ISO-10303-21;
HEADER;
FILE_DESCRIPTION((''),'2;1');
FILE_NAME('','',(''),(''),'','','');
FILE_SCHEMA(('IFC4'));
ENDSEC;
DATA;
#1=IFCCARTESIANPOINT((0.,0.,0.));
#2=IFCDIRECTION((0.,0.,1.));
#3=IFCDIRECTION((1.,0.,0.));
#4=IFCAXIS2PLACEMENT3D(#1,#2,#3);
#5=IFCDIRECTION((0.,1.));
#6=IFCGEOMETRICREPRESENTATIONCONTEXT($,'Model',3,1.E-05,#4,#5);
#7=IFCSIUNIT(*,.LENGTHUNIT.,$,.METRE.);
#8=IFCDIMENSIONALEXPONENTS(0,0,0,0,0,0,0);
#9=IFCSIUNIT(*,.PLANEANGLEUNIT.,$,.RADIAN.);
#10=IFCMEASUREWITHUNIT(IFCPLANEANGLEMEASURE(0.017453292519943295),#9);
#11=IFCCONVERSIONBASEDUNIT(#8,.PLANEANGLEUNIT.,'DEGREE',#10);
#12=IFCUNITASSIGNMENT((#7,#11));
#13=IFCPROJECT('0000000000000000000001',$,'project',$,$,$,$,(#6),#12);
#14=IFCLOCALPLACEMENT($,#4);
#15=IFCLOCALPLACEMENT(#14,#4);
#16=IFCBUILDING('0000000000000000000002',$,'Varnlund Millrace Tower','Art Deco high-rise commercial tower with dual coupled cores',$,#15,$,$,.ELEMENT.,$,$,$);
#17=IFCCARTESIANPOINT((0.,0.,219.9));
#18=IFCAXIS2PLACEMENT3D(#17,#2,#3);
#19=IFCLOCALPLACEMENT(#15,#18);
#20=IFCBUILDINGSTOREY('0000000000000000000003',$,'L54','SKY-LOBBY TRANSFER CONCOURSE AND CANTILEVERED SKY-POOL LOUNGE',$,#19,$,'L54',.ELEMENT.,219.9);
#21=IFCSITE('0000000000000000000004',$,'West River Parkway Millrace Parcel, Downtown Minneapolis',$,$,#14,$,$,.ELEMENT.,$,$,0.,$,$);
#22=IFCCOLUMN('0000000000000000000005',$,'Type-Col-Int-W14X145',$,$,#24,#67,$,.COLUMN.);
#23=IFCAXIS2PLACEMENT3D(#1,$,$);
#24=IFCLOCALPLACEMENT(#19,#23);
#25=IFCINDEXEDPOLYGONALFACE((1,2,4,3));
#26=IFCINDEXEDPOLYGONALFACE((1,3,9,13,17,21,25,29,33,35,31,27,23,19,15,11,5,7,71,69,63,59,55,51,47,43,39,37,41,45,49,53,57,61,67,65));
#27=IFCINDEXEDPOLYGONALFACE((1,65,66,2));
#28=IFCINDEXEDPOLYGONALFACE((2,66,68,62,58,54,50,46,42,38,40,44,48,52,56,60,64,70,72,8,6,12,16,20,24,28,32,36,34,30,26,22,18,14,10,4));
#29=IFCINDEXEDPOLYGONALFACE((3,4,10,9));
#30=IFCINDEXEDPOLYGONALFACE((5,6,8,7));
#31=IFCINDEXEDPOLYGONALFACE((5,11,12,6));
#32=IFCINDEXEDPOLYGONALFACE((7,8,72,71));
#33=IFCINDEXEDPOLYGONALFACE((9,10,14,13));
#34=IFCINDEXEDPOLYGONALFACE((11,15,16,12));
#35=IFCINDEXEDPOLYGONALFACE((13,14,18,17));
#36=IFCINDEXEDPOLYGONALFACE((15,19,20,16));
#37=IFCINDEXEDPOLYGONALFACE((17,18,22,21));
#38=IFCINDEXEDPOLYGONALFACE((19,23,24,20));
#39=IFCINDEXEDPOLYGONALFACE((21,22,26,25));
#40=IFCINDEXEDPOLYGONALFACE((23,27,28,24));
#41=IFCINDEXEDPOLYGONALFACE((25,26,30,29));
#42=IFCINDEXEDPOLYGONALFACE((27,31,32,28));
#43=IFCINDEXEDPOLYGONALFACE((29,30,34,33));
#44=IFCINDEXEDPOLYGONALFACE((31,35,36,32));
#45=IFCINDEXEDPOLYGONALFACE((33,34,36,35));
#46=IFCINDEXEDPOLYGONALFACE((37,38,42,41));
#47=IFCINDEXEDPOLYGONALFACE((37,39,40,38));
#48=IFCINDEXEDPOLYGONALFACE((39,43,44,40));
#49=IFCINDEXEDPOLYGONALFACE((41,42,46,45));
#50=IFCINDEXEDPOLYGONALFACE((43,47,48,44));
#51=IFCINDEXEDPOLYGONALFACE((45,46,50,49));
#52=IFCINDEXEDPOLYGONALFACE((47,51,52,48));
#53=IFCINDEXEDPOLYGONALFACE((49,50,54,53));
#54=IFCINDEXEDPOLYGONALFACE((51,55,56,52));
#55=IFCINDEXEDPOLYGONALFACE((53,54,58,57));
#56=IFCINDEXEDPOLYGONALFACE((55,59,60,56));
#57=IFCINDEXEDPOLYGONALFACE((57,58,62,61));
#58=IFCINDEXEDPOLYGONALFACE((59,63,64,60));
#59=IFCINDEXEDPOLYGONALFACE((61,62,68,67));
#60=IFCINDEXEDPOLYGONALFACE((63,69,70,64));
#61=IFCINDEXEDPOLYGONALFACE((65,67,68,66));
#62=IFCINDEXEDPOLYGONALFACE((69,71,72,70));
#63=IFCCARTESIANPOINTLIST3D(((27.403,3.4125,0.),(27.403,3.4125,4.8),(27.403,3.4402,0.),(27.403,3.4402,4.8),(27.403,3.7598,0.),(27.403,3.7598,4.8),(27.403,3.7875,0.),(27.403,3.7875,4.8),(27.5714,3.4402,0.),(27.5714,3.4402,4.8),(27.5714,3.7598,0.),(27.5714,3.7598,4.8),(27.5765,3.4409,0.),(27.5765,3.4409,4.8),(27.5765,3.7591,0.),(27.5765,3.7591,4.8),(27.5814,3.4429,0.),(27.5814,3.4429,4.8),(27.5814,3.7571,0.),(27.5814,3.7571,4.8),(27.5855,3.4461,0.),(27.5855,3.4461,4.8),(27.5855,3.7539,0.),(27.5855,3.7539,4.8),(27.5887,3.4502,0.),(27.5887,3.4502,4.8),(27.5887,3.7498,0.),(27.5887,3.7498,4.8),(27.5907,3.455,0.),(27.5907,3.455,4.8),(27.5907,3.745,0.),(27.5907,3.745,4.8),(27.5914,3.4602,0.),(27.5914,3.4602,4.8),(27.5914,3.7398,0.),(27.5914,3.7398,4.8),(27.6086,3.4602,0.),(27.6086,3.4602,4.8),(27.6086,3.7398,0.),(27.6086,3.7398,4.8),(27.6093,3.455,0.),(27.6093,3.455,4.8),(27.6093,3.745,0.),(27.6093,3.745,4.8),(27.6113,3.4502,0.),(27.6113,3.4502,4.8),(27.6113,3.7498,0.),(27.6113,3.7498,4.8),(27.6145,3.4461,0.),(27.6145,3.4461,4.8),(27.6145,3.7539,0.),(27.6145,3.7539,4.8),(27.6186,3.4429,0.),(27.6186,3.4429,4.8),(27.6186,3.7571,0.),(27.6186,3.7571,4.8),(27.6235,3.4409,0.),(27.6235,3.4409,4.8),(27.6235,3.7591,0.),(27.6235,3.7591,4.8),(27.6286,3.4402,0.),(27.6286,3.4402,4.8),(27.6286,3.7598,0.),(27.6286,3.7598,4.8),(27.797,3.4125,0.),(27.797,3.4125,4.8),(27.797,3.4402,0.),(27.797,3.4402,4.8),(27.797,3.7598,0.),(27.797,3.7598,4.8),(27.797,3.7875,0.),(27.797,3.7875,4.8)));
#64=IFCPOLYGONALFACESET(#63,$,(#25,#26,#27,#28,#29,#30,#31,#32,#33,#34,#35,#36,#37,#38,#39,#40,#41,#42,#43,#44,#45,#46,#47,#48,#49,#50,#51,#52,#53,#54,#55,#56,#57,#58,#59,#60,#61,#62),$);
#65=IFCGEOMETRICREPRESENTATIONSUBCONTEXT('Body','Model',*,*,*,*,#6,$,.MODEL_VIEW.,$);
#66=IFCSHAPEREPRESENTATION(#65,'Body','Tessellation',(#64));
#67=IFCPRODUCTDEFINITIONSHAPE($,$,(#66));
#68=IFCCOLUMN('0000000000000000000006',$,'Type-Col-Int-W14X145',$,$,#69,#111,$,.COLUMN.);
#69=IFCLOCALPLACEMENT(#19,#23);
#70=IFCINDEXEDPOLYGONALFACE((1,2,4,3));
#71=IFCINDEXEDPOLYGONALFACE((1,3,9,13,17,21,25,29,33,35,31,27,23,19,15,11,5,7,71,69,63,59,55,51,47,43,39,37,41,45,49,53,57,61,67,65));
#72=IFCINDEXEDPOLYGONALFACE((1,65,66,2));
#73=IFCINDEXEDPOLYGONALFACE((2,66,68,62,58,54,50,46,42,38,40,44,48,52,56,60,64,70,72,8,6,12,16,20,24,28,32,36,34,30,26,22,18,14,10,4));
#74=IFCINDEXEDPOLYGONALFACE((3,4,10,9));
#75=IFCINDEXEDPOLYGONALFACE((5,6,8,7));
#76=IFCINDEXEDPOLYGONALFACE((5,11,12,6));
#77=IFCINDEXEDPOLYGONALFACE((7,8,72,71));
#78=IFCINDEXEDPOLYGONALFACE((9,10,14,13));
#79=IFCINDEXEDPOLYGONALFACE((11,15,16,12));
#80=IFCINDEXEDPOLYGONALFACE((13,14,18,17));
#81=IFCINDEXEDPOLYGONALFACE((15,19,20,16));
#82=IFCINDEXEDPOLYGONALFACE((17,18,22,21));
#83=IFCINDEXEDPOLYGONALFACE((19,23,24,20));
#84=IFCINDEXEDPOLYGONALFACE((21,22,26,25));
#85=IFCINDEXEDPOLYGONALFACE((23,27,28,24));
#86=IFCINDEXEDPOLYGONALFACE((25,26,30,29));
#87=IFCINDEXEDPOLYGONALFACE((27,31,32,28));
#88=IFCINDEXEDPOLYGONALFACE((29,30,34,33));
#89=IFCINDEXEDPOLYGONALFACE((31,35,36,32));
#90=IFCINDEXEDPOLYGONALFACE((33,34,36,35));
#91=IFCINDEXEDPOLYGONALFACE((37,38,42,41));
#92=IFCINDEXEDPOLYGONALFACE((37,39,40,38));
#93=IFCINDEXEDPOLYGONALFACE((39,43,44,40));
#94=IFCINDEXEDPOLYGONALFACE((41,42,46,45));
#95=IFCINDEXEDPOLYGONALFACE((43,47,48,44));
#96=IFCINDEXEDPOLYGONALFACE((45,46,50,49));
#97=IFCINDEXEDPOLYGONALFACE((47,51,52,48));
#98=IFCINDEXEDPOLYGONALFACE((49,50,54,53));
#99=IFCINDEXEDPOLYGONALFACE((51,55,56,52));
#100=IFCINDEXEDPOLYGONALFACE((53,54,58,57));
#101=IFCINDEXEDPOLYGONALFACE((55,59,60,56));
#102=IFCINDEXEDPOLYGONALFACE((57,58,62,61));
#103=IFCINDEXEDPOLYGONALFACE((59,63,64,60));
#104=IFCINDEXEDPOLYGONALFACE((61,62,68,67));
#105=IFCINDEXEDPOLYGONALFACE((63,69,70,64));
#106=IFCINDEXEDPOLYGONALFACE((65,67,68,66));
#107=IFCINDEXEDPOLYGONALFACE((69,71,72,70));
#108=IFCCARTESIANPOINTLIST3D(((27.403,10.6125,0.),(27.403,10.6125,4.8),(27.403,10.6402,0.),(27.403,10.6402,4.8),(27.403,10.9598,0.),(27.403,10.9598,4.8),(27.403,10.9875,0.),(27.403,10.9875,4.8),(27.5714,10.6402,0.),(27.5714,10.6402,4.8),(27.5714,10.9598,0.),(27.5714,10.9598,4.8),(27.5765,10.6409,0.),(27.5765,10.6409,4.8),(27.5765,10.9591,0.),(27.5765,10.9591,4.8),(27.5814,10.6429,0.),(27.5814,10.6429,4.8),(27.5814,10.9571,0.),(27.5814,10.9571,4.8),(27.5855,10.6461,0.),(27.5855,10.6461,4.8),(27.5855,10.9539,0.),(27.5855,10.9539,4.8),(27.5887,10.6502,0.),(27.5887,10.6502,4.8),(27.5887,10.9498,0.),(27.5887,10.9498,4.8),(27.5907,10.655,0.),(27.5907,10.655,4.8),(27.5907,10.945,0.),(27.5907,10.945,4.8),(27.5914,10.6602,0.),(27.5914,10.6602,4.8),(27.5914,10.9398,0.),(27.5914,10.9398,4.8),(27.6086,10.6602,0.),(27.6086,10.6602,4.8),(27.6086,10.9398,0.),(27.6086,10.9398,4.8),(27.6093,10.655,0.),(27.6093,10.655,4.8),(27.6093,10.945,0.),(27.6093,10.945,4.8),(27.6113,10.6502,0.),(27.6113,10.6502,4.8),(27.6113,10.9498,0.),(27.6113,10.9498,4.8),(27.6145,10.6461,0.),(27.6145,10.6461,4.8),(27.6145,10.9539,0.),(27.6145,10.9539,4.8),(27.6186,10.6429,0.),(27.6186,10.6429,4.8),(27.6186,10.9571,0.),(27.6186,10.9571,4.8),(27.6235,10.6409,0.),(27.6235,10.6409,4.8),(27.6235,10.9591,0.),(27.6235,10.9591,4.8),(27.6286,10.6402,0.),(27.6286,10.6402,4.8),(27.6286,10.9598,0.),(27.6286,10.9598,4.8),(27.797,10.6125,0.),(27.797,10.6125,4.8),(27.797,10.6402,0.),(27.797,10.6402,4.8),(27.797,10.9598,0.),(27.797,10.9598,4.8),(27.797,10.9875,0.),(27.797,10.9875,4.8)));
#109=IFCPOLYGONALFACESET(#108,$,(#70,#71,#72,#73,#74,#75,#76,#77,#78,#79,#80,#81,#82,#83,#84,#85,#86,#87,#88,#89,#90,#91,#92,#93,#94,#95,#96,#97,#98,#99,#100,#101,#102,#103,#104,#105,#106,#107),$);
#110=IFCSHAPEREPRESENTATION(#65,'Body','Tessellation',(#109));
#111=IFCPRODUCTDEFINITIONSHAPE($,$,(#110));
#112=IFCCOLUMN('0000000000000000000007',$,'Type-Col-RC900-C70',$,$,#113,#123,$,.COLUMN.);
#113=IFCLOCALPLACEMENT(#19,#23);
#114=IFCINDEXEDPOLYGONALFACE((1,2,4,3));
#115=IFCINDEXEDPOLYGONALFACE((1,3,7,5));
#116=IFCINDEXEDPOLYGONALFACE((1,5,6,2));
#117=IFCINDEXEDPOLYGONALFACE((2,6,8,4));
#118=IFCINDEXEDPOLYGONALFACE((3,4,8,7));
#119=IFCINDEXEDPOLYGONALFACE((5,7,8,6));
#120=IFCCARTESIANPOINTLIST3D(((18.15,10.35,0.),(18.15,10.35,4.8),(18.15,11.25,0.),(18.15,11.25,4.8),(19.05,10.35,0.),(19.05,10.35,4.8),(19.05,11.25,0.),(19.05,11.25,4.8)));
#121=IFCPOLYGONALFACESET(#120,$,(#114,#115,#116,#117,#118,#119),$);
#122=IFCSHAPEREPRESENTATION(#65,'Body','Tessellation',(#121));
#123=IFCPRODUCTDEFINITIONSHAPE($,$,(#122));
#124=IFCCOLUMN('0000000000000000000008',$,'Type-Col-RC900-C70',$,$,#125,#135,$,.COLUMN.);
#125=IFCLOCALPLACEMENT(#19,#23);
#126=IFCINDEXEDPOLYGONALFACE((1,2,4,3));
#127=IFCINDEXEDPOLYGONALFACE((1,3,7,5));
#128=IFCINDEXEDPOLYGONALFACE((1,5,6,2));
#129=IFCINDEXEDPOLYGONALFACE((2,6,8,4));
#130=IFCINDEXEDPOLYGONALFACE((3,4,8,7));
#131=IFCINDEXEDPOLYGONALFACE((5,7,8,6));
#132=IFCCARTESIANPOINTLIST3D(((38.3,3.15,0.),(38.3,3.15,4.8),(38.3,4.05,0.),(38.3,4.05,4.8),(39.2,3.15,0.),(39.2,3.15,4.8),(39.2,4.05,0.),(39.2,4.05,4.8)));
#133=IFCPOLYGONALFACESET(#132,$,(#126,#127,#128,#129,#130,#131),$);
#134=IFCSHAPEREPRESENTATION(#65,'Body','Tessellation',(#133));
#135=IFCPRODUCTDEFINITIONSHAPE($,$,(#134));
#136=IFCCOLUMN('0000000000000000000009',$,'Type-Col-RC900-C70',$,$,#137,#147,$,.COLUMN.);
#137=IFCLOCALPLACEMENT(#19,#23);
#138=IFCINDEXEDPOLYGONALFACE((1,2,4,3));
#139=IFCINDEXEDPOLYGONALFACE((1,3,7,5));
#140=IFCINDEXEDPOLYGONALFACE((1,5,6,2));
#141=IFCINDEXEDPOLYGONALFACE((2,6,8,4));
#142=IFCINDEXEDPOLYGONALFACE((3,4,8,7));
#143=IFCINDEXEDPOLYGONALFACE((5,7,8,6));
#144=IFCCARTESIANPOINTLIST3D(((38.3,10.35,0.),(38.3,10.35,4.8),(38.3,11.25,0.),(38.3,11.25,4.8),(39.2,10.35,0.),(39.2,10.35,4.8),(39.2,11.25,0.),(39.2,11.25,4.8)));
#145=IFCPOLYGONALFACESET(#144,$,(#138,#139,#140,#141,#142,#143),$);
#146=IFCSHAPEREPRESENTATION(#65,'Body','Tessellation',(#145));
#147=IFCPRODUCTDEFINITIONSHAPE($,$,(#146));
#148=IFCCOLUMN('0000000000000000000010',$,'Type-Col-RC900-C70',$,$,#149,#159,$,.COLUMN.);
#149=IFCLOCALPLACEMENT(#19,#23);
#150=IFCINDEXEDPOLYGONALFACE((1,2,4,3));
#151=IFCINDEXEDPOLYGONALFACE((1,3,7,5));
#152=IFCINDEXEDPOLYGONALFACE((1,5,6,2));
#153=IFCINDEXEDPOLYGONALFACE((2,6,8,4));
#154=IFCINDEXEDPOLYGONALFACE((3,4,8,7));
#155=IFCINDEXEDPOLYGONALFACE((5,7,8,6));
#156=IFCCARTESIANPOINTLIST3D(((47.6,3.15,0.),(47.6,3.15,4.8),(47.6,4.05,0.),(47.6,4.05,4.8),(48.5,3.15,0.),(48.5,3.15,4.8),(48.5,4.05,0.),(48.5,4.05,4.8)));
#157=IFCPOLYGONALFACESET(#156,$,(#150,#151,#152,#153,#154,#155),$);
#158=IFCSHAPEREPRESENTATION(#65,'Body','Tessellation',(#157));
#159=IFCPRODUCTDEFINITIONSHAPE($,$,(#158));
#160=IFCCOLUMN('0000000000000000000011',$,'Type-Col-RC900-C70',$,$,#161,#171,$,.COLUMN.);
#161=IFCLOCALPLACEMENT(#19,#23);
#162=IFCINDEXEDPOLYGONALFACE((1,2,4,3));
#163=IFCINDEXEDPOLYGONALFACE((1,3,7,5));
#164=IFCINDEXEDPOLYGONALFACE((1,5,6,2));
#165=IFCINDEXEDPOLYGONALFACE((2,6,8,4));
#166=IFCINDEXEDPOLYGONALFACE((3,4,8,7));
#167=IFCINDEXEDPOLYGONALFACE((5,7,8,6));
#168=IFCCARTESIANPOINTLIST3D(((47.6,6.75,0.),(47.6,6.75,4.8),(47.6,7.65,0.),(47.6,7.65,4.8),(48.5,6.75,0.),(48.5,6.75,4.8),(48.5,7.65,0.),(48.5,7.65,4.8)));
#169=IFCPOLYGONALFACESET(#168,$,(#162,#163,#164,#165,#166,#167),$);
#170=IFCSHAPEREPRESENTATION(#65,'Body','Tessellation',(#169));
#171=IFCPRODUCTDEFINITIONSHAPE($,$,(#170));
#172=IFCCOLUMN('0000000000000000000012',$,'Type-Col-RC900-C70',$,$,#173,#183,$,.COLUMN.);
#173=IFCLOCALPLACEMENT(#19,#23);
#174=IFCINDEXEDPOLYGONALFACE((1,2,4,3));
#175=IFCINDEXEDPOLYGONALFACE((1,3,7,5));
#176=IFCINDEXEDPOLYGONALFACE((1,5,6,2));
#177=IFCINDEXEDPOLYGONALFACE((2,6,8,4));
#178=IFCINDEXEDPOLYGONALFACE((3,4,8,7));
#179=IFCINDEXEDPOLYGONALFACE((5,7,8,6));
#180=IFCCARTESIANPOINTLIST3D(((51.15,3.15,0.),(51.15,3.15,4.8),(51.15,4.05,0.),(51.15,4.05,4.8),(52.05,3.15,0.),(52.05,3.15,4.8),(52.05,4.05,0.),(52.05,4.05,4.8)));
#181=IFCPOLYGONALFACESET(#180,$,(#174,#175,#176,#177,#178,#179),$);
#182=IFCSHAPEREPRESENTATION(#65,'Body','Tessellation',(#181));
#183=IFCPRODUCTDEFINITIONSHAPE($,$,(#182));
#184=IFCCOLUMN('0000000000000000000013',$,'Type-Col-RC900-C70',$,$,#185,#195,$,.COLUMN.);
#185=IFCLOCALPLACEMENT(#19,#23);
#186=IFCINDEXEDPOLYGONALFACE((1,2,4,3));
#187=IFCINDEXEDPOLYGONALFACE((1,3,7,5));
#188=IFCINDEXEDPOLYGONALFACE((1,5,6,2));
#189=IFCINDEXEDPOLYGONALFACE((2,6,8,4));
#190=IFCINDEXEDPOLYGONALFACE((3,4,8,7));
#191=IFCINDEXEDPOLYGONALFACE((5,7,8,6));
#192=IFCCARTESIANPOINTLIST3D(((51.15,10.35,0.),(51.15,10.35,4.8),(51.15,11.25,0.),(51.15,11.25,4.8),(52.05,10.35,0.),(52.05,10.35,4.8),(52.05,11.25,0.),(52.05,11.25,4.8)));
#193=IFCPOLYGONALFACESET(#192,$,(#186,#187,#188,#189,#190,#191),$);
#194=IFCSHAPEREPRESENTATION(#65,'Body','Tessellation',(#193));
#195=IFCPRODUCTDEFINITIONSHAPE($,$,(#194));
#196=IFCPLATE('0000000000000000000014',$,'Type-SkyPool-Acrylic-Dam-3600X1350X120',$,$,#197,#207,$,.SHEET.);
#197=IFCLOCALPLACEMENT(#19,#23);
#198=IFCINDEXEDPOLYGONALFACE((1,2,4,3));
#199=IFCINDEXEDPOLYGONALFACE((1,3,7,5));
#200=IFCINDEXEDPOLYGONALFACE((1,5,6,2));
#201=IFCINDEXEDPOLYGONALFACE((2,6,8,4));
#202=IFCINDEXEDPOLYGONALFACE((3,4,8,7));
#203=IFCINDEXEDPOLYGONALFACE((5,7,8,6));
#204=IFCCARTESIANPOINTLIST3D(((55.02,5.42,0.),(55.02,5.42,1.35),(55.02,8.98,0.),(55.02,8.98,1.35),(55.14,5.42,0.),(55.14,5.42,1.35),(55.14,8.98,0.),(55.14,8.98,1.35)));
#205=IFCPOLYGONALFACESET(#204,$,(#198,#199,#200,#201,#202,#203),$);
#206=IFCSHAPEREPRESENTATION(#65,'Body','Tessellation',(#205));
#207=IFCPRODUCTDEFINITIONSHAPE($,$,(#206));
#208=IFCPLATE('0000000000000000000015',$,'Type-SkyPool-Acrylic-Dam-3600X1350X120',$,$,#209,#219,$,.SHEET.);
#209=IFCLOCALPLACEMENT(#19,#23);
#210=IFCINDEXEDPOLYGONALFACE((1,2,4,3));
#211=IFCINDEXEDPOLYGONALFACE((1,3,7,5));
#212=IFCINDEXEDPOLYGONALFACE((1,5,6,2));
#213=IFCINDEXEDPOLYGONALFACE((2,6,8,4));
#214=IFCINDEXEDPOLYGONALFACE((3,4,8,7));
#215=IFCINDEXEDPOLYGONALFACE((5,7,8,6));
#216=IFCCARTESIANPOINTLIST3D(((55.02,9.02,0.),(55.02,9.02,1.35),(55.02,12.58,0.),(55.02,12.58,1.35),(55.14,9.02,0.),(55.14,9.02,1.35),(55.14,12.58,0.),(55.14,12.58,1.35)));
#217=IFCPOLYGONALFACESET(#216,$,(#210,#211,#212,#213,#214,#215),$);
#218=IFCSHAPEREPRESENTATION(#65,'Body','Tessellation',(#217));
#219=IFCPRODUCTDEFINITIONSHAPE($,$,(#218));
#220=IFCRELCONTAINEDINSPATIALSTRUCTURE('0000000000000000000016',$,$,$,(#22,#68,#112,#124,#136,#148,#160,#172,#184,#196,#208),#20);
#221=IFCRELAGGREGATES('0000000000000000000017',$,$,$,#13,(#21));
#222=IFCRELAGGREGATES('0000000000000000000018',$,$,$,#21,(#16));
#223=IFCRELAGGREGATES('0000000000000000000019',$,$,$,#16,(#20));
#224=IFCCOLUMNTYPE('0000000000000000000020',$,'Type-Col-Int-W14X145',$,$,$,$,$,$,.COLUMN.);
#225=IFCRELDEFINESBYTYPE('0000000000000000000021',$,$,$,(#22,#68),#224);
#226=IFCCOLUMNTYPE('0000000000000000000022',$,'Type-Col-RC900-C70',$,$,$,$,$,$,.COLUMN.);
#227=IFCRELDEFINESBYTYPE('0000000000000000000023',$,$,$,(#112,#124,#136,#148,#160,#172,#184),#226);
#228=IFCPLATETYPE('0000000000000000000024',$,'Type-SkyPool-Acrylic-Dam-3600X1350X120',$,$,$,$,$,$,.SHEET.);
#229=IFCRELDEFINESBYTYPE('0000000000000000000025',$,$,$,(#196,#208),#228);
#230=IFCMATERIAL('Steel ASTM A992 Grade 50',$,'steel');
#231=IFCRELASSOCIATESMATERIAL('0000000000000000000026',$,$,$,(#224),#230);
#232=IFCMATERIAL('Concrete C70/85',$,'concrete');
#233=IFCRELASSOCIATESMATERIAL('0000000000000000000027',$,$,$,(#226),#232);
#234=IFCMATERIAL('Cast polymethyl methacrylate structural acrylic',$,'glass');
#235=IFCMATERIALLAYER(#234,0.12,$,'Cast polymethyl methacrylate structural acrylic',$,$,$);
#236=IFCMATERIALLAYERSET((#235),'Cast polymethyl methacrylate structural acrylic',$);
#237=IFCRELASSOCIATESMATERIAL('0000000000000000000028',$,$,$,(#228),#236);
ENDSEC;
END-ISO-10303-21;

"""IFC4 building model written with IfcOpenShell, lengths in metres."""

from ifc_helpers import new_model, entity, si_unit, converted_unit, direction, frame, origin_with_axes, origin_2d_with_axis, place, context, subcontext, project, spatial, rectangle, i_section, extrude, material, layer, layer_set, material_profile, profile_set, type_object, element, save


model = new_model("IFC4")

# Units and contexts
model_context = context("Model", 3, precision=1e-05, world=origin_with_axes(), true_north=direction((0.0, 1.0)))
body_context = subcontext(model_context, "Body", "Model", "MODEL_VIEW")
ifc_project = project(units=[si_unit("LENGTHUNIT", "METRE"), converted_unit("PLANEANGLEUNIT", "DEGREE", entity("IfcPlaneAngleMeasure", 0.017453292519943295), si_unit("PLANEANGLEUNIT", "RADIAN"), dimensions=[0, 0, 0, 0, 0, 0, 0])], contexts=[model_context])

# Site, building, storey
site_placement = place(None, origin_with_axes())
site = spatial("IfcSite", under=ifc_project, at=site_placement, Name="West River Parkway Millrace Parcel, Downtown Minneapolis", CompositionType="ELEMENT", RefElevation=0.0)
building_placement = place(site_placement, origin_with_axes())
building = spatial("IfcBuilding", under=site, at=building_placement, Name="Varnlund Millrace Tower", Description="Art Deco high-rise commercial tower with dual coupled cores", CompositionType="ELEMENT")
storey_placement = place(building_placement, frame((0.0, 0.0, 219.9), z_axis=(0.0, 0.0, 1.0), x_axis=(1.0, 0.0, 0.0)))
storey = spatial("IfcBuildingStorey", under=building, at=storey_placement, Name="L54", Description="SKY-LOBBY TRANSFER CONCOURSE AND CANTILEVERED SKY-POOL LOUNGE", LongName="L54", CompositionType="ELEMENT", Elevation=219.9)

# Columns
ifc_material_1 = material(Name="Steel ASTM A992 Grade 50", Category="steel")
ifc_material_profile_1 = material_profile(ifc_material_1, i_section(OverallWidth=0.394, OverallDepth=0.375, WebThickness=0.0173, FlangeThickness=0.0277, FilletRadius=0.02, at=origin_2d_with_axis()), Name="Steel ASTM A992 Grade 50")
ifc_profile_set_1 = profile_set([ifc_material_profile_1], Name="Steel ASTM A992 Grade 50")
column_type_1 = type_object("IfcColumnType", Name="Type-Col-Int-W14X145", PredefinedType="COLUMN", material=ifc_profile_set_1)
for number, where, z_axis, x_axis, name in (
    (1, (27.6, 3.6, 0.0), (0.0, 0.0, 1.0), (1.0, 0.0, 0.0), "Type-Col-Int-W14X145"),
    (2, (27.6, 10.8, 0.0), (0.0, 0.0, 1.0), (1.0, 0.0, 0.0), "Type-Col-Int-W14X145"),
):
    element("IfcColumn", number, at=place(storey_placement, frame(where, z_axis=z_axis, x_axis=x_axis)), inside=storey, type_object=column_type_1, Name=name, PredefinedType="COLUMN", context=body_context, shape_type="SweptSolid", body=[
        extrude(i_section(OverallWidth=0.394, OverallDepth=0.375, WebThickness=0.0173, FlangeThickness=0.0277, FilletRadius=0.02, at=origin_2d_with_axis()), origin_with_axes(), (0.0, 0.0, 1.0), 4.8),
    ])
ifc_material_2 = material(Name="Concrete C70/85", Category="concrete")
ifc_material_profile_2 = material_profile(ifc_material_2, rectangle(XDim=0.9, YDim=0.9, at=origin_2d_with_axis()), Name="Concrete C70/85")
ifc_profile_set_2 = profile_set([ifc_material_profile_2], Name="Concrete C70/85")
column_type_2 = type_object("IfcColumnType", Name="Type-Col-RC900-C70", PredefinedType="COLUMN", material=ifc_profile_set_2)
for number, where, z_axis, x_axis, name in (
    (3, (18.6, 10.8, 0.0), (0.0, 0.0, 1.0), (1.0, 0.0, 0.0), "Type-Col-RC900-C70"),
    (4, (38.75, 3.6, 0.0), (0.0, 0.0, 1.0), (1.0, 0.0, 0.0), "Type-Col-RC900-C70"),
    (5, (38.75, 10.8, 0.0), (0.0, 0.0, 1.0), (1.0, 0.0, 0.0), "Type-Col-RC900-C70"),
    (6, (48.05, 3.6, 0.0), (0.0, 0.0, 1.0), (1.0, 0.0, 0.0), "Type-Col-RC900-C70"),
    (7, (48.05, 7.2, 0.0), (0.0, 0.0, 1.0), (1.0, 0.0, 0.0), "Type-Col-RC900-C70"),
    (8, (51.6, 3.6, 0.0), (0.0, 0.0, 1.0), (1.0, 0.0, 0.0), "Type-Col-RC900-C70"),
    (9, (51.6, 10.8, 0.0), (0.0, 0.0, 1.0), (1.0, 0.0, 0.0), "Type-Col-RC900-C70"),
):
    element("IfcColumn", number, at=place(storey_placement, frame(where, z_axis=z_axis, x_axis=x_axis)), inside=storey, type_object=column_type_2, Name=name, PredefinedType="COLUMN", context=body_context, shape_type="SweptSolid", body=[
        extrude(rectangle(XDim=0.9, YDim=0.9, at=origin_2d_with_axis()), origin_with_axes(), (0.0, 0.0, 1.0), 4.8),
    ])

# Plates
ifc_material_3 = material(Name="Cast polymethyl methacrylate structural acrylic", Category="glass")
ifc_layer_1 = layer(ifc_material_3, 0.12, Name="Cast polymethyl methacrylate structural acrylic")
ifc_layer_set_1 = layer_set([ifc_layer_1], Name="Cast polymethyl methacrylate structural acrylic")
plate_type = type_object("IfcPlateType", Name="Type-SkyPool-Acrylic-Dam-3600X1350X120", PredefinedType="SHEET", material=ifc_layer_set_1)
for number, where, z_axis, x_axis, name in (
    (10, (55.08, 7.2, 0.0), (0.0, 0.0, 1.0), (0.0, 1.0, 0.0), "Type-SkyPool-Acrylic-Dam-3600X1350X120"),
    (11, (55.08, 10.8, 0.0), (0.0, 0.0, 1.0), (0.0, 1.0, 0.0), "Type-SkyPool-Acrylic-Dam-3600X1350X120"),
):
    element("IfcPlate", number, at=place(storey_placement, frame(where, z_axis=z_axis, x_axis=x_axis)), inside=storey, type_object=plate_type, Name=name, PredefinedType="SHEET", context=body_context, shape_type="SweptSolid", body=[
        extrude(rectangle(XDim=3.56, YDim=0.12, at=origin_2d_with_axis()), origin_with_axes(), (0.0, 0.0, 1.0), 1.35),
    ])

save(model, "model.ifc")
